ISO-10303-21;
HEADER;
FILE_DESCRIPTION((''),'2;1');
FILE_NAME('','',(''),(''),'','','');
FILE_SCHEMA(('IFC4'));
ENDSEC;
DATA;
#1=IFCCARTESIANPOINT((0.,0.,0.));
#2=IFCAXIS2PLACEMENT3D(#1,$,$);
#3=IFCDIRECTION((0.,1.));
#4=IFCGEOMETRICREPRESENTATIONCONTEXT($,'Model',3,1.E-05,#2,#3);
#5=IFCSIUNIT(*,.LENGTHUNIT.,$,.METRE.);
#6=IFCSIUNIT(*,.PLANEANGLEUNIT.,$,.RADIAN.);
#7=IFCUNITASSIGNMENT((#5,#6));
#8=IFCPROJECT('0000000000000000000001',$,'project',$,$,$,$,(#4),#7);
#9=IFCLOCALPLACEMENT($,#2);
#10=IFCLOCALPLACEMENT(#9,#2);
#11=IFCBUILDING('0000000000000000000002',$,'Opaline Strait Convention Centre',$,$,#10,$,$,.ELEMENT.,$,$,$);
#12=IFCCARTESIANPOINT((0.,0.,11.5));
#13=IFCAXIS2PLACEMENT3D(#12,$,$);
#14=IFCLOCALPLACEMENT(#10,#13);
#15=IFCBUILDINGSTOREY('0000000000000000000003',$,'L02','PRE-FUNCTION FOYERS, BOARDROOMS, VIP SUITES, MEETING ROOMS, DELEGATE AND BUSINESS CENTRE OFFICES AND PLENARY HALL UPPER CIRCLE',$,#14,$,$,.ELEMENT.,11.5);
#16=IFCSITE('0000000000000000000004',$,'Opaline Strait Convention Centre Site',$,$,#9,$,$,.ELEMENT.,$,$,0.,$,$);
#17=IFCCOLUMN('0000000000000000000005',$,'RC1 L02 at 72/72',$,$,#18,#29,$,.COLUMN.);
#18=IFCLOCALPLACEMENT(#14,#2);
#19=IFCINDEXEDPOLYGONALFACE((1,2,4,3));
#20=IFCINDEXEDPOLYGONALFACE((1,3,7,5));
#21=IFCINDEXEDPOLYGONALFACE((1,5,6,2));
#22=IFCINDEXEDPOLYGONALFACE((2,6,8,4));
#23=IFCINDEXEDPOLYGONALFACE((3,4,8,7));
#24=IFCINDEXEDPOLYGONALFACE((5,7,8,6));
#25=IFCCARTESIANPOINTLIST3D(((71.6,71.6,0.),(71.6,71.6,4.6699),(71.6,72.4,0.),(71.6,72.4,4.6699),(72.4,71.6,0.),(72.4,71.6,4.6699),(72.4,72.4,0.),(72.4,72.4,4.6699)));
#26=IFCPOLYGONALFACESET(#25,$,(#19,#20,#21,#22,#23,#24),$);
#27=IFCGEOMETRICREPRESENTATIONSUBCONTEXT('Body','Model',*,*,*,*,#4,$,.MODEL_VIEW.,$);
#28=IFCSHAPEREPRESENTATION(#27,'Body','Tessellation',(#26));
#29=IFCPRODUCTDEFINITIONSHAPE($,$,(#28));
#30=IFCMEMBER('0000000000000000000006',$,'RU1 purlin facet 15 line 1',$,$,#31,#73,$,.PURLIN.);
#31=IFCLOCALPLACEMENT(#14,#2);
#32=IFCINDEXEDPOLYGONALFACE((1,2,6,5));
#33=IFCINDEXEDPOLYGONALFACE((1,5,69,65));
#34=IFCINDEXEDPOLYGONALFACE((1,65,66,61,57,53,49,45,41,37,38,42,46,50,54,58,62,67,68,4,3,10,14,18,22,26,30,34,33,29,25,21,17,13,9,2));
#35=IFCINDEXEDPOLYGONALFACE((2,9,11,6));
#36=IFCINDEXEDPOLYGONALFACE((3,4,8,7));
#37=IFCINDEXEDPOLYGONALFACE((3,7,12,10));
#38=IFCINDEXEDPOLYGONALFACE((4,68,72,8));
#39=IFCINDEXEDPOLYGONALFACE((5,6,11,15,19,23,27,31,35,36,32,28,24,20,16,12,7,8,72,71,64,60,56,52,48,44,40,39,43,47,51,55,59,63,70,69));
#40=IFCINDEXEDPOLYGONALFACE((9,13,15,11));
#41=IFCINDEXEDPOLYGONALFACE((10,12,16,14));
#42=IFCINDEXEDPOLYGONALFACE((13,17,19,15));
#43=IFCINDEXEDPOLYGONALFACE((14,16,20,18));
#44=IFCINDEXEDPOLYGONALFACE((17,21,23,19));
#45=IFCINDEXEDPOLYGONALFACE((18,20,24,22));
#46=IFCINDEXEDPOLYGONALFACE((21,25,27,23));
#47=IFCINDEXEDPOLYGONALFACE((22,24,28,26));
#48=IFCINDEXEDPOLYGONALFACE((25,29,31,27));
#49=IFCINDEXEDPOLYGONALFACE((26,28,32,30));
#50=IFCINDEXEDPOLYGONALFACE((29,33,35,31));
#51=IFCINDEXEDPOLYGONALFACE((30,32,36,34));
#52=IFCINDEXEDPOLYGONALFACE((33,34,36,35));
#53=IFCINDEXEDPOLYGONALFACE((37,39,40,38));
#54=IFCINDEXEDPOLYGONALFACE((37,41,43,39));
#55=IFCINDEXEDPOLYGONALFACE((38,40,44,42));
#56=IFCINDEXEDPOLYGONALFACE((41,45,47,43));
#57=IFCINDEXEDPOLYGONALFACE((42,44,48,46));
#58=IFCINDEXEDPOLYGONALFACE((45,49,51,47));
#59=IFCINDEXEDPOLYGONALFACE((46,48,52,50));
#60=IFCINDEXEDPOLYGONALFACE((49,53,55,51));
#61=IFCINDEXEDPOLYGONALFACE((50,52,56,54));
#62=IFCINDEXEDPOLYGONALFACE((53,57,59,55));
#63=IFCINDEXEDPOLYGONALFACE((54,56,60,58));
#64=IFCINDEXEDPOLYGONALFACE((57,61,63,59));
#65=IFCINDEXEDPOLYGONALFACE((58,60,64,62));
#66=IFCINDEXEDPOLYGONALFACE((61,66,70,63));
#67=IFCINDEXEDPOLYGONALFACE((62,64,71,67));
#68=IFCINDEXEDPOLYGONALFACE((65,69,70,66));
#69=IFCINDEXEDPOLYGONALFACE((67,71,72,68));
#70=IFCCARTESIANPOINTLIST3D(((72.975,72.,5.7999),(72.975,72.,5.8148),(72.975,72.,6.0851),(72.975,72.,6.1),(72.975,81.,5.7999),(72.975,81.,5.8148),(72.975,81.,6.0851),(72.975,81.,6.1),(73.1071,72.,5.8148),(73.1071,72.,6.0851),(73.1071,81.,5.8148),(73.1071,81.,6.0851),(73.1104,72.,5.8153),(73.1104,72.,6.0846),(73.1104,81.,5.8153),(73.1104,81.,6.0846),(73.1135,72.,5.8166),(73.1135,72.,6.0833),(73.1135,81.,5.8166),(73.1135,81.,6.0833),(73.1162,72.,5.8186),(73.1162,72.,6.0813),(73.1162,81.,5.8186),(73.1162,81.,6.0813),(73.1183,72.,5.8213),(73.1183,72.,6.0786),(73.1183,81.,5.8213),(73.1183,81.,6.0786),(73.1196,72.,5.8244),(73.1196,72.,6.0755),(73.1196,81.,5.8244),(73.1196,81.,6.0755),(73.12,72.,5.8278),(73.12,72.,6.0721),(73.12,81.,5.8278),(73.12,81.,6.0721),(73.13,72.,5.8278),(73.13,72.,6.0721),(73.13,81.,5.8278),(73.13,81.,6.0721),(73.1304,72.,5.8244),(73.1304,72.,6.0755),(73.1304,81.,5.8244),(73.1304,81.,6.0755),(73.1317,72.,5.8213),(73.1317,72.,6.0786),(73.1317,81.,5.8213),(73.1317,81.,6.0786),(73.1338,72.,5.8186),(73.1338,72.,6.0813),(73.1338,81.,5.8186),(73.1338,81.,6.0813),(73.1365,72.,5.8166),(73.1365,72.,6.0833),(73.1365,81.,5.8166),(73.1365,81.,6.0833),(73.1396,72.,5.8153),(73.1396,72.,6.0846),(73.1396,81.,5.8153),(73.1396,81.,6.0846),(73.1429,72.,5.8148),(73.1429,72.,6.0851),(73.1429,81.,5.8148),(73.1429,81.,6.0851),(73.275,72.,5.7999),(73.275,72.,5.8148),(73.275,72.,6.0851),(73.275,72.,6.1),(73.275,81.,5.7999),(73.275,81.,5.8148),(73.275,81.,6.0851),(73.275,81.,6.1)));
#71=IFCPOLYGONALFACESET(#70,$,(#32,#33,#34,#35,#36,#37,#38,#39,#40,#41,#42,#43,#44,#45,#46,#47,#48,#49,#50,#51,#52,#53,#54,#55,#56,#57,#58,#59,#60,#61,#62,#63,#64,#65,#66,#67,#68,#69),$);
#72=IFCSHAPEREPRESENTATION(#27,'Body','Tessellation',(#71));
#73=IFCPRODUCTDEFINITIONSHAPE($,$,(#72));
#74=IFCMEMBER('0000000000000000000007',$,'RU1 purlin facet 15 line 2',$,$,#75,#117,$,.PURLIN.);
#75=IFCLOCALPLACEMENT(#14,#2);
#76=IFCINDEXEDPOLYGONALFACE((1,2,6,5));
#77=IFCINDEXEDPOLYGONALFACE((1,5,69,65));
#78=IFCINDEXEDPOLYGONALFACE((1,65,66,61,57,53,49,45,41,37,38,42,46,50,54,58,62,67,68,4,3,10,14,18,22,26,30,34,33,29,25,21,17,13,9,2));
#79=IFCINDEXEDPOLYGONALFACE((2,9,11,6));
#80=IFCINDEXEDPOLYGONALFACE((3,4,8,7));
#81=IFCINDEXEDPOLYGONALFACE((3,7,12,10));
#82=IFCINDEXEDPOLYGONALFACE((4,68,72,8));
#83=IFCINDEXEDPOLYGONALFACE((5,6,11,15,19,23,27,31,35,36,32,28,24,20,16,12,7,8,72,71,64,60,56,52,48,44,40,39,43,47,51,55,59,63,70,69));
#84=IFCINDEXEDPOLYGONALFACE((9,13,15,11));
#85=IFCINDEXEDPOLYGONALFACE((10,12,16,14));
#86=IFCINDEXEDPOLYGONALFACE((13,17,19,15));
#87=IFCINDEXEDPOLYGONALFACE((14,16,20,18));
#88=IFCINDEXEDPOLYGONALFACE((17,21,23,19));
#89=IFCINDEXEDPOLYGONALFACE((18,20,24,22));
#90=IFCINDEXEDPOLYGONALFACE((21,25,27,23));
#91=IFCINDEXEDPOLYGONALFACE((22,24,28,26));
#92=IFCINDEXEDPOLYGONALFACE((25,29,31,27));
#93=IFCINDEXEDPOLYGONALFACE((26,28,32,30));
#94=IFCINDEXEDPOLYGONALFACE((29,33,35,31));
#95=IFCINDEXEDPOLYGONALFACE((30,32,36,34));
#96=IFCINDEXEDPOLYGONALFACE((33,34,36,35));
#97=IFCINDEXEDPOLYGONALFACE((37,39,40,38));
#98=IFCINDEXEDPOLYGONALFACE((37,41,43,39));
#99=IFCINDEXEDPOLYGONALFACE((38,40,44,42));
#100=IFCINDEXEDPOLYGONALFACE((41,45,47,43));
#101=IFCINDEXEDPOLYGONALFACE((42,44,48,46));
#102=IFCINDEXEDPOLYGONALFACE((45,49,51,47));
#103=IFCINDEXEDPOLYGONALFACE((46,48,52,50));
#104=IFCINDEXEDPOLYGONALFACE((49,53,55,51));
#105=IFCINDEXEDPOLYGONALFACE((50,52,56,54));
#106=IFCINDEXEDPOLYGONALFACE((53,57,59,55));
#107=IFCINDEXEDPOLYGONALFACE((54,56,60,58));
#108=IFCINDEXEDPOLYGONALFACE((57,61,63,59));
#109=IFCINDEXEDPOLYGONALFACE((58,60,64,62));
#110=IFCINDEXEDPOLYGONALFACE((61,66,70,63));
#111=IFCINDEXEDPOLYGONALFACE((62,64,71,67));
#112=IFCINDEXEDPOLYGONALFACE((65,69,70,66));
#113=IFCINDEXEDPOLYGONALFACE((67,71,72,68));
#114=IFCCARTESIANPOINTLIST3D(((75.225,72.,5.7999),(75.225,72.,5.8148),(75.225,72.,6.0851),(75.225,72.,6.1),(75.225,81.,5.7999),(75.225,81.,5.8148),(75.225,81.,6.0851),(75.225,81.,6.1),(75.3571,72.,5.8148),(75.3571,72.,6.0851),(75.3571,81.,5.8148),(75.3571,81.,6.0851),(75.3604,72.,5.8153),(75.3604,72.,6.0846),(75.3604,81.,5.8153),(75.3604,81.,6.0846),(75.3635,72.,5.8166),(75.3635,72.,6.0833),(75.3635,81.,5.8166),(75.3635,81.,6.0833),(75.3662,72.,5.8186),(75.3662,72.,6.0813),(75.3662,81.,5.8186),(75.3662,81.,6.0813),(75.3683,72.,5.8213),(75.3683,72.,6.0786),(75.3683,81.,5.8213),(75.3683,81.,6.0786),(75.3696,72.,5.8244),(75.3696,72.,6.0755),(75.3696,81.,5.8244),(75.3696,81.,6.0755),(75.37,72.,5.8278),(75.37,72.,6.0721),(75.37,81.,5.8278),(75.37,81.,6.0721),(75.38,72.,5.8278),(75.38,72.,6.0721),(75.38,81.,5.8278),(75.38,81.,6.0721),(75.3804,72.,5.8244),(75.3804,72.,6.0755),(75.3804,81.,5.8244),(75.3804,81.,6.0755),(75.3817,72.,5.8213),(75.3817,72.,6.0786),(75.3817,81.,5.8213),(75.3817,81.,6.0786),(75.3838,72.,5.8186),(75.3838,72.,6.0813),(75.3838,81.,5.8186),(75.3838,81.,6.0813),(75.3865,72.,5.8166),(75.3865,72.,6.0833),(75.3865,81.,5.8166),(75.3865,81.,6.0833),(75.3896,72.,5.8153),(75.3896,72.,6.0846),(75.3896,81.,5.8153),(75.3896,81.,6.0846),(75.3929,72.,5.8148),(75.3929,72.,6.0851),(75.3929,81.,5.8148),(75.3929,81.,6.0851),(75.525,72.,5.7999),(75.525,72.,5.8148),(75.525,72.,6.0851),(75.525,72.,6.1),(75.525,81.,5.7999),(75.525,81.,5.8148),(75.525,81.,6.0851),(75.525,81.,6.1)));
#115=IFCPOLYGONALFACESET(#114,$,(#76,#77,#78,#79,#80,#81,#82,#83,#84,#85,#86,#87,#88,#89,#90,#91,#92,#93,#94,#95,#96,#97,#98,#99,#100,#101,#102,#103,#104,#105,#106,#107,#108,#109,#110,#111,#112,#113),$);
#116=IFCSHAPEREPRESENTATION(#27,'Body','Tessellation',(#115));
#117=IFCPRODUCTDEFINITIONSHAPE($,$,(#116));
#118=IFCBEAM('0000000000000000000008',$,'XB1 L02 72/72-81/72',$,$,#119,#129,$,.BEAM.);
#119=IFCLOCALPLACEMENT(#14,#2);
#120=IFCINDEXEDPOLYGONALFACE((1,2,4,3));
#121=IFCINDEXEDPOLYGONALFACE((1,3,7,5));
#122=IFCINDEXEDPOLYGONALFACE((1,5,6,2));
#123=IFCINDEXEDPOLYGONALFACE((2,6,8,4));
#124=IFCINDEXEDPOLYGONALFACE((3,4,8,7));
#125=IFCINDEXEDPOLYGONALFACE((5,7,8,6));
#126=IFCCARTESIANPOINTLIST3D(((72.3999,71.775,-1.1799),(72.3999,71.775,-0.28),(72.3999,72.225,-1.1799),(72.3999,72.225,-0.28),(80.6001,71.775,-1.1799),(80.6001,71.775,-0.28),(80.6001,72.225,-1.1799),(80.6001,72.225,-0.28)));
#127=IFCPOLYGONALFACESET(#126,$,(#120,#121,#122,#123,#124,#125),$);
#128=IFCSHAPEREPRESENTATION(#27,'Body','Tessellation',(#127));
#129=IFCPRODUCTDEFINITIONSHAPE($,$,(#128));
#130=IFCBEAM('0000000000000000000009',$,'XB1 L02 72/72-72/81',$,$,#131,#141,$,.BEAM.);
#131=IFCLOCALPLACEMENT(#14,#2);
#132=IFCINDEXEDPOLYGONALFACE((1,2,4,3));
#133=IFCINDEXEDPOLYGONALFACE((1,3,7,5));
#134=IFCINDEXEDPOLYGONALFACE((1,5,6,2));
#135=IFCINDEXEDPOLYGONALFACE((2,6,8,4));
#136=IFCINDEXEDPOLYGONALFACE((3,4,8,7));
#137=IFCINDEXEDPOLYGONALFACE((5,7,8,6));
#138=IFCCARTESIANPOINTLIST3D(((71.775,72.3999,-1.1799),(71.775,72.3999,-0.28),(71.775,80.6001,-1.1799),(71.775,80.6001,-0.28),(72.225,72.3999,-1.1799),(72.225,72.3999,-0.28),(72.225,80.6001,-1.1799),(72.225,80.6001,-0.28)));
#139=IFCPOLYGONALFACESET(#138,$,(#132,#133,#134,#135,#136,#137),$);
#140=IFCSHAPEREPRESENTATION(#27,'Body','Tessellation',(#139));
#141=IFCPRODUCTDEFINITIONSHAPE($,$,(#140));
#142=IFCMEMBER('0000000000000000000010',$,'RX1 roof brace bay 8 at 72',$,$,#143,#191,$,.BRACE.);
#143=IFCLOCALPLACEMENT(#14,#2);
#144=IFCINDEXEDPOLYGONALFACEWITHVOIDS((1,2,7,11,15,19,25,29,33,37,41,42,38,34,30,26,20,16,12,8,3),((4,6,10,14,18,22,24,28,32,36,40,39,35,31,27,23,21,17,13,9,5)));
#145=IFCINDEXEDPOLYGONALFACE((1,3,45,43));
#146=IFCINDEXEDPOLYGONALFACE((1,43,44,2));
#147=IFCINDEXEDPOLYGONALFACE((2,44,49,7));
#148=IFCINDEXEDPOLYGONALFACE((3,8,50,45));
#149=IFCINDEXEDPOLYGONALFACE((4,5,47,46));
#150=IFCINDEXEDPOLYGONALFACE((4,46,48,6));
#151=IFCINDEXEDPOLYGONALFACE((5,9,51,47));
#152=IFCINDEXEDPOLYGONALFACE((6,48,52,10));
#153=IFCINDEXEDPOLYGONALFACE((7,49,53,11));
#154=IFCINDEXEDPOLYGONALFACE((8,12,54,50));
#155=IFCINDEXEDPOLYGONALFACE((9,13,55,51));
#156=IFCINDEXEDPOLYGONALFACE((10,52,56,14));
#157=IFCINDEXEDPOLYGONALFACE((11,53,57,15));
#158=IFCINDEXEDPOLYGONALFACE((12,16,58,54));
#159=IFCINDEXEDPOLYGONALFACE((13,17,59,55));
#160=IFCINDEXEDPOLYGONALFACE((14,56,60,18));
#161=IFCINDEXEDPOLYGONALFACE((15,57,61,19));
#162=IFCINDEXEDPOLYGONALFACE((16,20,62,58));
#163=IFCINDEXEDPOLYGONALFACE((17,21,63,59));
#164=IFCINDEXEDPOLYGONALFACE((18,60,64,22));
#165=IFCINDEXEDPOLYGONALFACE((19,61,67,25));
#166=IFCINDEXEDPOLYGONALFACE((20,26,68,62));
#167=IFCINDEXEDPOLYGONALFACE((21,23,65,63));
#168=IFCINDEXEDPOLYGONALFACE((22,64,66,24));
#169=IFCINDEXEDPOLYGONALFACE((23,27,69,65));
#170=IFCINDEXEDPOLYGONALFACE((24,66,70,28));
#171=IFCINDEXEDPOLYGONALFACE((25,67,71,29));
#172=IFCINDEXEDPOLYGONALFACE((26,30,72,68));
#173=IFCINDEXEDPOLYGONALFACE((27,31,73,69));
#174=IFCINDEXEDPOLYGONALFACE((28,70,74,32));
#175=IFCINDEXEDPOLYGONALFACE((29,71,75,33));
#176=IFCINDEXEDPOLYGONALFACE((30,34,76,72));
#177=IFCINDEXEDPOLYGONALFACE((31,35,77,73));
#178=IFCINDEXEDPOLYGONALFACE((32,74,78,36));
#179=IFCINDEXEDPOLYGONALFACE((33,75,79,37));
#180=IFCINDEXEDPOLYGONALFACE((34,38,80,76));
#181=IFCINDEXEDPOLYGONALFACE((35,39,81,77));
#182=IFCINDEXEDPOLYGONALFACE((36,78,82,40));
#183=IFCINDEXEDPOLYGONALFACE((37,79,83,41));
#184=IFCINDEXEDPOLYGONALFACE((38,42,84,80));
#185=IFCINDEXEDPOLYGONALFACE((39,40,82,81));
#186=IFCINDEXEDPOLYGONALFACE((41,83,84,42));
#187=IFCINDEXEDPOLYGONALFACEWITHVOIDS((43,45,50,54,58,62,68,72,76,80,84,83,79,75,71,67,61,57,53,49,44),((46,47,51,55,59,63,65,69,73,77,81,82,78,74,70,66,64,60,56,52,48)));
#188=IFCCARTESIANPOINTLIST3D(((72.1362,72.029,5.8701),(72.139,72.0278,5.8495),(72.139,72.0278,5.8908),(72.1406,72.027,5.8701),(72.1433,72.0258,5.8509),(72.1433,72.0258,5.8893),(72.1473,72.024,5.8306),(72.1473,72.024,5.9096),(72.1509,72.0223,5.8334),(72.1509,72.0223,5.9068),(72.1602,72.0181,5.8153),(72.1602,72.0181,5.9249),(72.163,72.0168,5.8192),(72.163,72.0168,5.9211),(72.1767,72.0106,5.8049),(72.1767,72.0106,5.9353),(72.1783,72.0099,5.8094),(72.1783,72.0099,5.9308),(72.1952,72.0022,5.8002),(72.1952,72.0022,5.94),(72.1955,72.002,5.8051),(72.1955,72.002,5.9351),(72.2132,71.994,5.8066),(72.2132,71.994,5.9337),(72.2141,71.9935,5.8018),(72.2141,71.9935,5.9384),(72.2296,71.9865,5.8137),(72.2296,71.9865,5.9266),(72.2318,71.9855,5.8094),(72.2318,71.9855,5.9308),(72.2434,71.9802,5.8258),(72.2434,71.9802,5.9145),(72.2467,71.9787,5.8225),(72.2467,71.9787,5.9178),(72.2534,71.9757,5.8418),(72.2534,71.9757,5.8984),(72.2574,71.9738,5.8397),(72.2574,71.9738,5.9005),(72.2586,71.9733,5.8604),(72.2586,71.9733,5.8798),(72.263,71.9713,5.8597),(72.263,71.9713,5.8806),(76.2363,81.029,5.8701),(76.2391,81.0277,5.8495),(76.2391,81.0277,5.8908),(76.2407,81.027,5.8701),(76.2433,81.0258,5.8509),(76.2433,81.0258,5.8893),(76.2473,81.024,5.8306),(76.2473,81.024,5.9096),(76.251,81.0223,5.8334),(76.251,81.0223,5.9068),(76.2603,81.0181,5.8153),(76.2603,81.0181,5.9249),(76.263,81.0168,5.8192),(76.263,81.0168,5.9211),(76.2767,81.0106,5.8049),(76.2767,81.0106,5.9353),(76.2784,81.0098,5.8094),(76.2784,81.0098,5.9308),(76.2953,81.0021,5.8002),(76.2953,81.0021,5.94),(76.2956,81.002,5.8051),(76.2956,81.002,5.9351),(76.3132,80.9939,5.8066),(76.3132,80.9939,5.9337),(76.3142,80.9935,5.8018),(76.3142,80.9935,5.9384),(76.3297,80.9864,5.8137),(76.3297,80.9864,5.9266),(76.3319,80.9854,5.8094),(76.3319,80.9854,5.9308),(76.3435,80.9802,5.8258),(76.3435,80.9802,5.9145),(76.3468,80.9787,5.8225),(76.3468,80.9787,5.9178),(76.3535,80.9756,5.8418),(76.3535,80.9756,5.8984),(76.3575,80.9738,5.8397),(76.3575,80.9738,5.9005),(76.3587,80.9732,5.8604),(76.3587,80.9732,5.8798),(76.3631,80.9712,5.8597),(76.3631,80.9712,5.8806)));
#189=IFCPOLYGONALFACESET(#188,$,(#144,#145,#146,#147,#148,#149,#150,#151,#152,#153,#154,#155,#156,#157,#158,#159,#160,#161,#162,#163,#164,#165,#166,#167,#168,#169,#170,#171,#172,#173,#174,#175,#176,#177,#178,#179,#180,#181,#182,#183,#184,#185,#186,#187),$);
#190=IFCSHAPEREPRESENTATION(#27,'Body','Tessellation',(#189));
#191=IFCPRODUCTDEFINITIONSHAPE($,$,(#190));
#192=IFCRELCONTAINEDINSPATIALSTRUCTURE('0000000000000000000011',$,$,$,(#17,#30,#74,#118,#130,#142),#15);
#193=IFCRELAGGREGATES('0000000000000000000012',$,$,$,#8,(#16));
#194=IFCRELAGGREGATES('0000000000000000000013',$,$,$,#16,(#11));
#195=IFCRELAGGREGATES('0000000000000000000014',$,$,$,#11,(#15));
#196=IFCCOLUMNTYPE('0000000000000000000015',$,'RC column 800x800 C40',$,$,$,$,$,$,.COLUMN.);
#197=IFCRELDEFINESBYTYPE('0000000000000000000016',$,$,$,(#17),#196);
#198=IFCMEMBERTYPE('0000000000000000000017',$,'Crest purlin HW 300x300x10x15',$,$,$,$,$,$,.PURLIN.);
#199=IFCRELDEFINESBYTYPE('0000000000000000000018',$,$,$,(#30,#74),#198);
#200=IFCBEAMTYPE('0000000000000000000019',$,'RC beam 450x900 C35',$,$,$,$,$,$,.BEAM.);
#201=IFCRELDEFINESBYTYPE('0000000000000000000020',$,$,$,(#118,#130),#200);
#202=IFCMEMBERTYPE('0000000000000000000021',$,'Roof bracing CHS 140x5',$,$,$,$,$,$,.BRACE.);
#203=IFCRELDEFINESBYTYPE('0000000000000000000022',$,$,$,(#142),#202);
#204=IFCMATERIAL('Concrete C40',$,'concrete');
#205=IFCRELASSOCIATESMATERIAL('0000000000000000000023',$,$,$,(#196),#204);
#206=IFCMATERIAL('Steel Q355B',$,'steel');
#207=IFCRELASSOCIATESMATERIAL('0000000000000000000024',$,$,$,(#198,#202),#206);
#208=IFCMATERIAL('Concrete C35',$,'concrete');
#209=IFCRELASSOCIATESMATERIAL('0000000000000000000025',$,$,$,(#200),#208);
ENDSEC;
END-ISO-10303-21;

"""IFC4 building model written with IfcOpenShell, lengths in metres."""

from ifc_helpers import new_model, si_unit, direction, frame, origin, origin_2d, place, context, subcontext, project, spatial, rectangle, hollow_circle, i_section, extrude, material, material_profile, profile_set, type_object, element, save


model = new_model("IFC4")

# Units and contexts
model_context = context("Model", 3, precision=1e-05, world=origin(), true_north=direction((0.0, 1.0)))
body_context = subcontext(model_context, "Body", "Model", "MODEL_VIEW")
ifc_project = project(units=[si_unit("LENGTHUNIT", "METRE"), si_unit("PLANEANGLEUNIT", "RADIAN")], contexts=[model_context])

# Site, building, storey
site_placement = place(None, origin())
site = spatial("IfcSite", under=ifc_project, at=site_placement, Name="Opaline Strait Convention Centre Site", CompositionType="ELEMENT", RefElevation=0.0)
building_placement = place(site_placement, origin())
building = spatial("IfcBuilding", under=site, at=building_placement, Name="Opaline Strait Convention Centre", CompositionType="ELEMENT")
storey_placement = place(building_placement, frame((0.0, 0.0, 11.5)))
storey = spatial("IfcBuildingStorey", under=building, at=storey_placement, Name="L02", Description="PRE-FUNCTION FOYERS, BOARDROOMS, VIP SUITES, MEETING ROOMS, DELEGATE AND BUSINESS CENTRE OFFICES AND PLENARY HALL UPPER CIRCLE", CompositionType="ELEMENT", Elevation=11.5)

# Column
ifc_material_1 = material(Name="Concrete C40", Category="concrete")
ifc_material_profile_1 = material_profile(ifc_material_1, rectangle(XDim=0.8, YDim=0.8, at=origin_2d()), Name="RC 800x800")
ifc_profile_set_1 = profile_set([ifc_material_profile_1], Name="Concrete C40")
column_type = type_object("IfcColumnType", Name="RC column 800x800 C40", PredefinedType="COLUMN", material=ifc_profile_set_1)
column_placement = place(storey_placement, frame((72.0, 72.0, 0.0), z_axis=(0.0, 0.0, 1.0), x_axis=(1.0, 0.0, 0.0)))
element("IfcColumn", 1, at=column_placement, inside=storey, type_object=column_type, Name="RC1 L02 at 72/72", PredefinedType="COLUMN", context=body_context, shape_type="SweptSolid", body=[
    extrude(rectangle(XDim=0.8, YDim=0.8, at=origin_2d()), origin(), (0.0, 0.0, 1.0), 4.6699),
])

# Members
ifc_material_2 = material(Name="Steel Q355B", Category="steel")
ifc_material_profile_2 = material_profile(ifc_material_2, i_section(OverallWidth=0.3, OverallDepth=0.3, WebThickness=0.01, FlangeThickness=0.0149, FilletRadius=0.0129, at=origin_2d()), Name="HW 300x300x10x15")
ifc_profile_set_2 = profile_set([ifc_material_profile_2], Name="Steel Q355B")
member_type_1 = type_object("IfcMemberType", Name="Crest purlin HW 300x300x10x15", PredefinedType="PURLIN", material=ifc_profile_set_2)
for number, where, z_axis, x_axis, name in (
    (2, (73.125, 72.0, 5.95), (0.0, 1.0, 0.0), (-1.0, 0.0, 0.0), "RU1 purlin facet 15 line 1"),
    (3, (75.375, 72.0, 5.95), (0.0, 1.0, 0.0), (-1.0, 0.0, 0.0), "RU1 purlin facet 15 line 2"),
):
    element("IfcMember", number, at=place(storey_placement, frame(where, z_axis=z_axis, x_axis=x_axis)), inside=storey, type_object=member_type_1, Name=name, PredefinedType="PURLIN", context=body_context, shape_type="SweptSolid", body=[
        extrude(i_section(OverallWidth=0.3, OverallDepth=0.3, WebThickness=0.01, FlangeThickness=0.0149, FilletRadius=0.0129, at=origin_2d()), origin(), (0.0, 0.0, 1.0), 9.0),
    ])

# Beams
ifc_material_3 = material(Name="Concrete C35", Category="concrete")
ifc_material_profile_3 = material_profile(ifc_material_3, rectangle(XDim=0.45, YDim=0.8999, at=origin_2d()), Name="RC 450x900")
ifc_profile_set_3 = profile_set([ifc_material_profile_3], Name="Concrete C35")
beam_type = type_object("IfcBeamType", Name="RC beam 450x900 C35", PredefinedType="BEAM", material=ifc_profile_set_3)
for number, where, z_axis, x_axis, name in (
    (4, (72.3999, 72.0, -0.73), (1.0, 0.0, 0.0), (0.0, 1.0, 0.0), "XB1 L02 72/72-81/72"),
    (5, (72.0, 72.3999, -0.73), (0.0, 1.0, 0.0), (-1.0, 0.0, 0.0), "XB1 L02 72/72-72/81"),
):
    element("IfcBeam", number, at=place(storey_placement, frame(where, z_axis=z_axis, x_axis=x_axis)), inside=storey, type_object=beam_type, Name=name, PredefinedType="BEAM", context=body_context, shape_type="SweptSolid", body=[
        extrude(rectangle(XDim=0.45, YDim=0.8999, at=origin_2d()), origin(), (0.0, 0.0, 1.0), 8.2002),
    ])

# Member
ifc_material_profile_4 = material_profile(ifc_material_2, hollow_circle(Radius=0.0701, WallThickness=0.0049, at=origin_2d()), Name="CHS 140x5")
ifc_profile_set_4 = profile_set([ifc_material_profile_4], Name="Steel Q355B")
member_type_2 = type_object("IfcMemberType", Name="Roof bracing CHS 140x5", PredefinedType="BRACE", material=ifc_profile_set_4)
member_1_placement = place(storey_placement, frame((72.2, 72.0, 5.8701), z_axis=(0.414573, 0.910016, 0.0), x_axis=(-0.910016, 0.414573, 0.0)))
element("IfcMember", 6, at=member_1_placement, inside=storey, type_object=member_type_2, Name="RX1 roof brace bay 8 at 72", PredefinedType="BRACE", context=body_context, shape_type="SweptSolid", body=[
    extrude(hollow_circle(Radius=0.0701, WallThickness=0.0049, at=origin_2d()), origin(), (0.0, 0.0, 1.0), 9.8899),
])

save(model, "model.ifc")
